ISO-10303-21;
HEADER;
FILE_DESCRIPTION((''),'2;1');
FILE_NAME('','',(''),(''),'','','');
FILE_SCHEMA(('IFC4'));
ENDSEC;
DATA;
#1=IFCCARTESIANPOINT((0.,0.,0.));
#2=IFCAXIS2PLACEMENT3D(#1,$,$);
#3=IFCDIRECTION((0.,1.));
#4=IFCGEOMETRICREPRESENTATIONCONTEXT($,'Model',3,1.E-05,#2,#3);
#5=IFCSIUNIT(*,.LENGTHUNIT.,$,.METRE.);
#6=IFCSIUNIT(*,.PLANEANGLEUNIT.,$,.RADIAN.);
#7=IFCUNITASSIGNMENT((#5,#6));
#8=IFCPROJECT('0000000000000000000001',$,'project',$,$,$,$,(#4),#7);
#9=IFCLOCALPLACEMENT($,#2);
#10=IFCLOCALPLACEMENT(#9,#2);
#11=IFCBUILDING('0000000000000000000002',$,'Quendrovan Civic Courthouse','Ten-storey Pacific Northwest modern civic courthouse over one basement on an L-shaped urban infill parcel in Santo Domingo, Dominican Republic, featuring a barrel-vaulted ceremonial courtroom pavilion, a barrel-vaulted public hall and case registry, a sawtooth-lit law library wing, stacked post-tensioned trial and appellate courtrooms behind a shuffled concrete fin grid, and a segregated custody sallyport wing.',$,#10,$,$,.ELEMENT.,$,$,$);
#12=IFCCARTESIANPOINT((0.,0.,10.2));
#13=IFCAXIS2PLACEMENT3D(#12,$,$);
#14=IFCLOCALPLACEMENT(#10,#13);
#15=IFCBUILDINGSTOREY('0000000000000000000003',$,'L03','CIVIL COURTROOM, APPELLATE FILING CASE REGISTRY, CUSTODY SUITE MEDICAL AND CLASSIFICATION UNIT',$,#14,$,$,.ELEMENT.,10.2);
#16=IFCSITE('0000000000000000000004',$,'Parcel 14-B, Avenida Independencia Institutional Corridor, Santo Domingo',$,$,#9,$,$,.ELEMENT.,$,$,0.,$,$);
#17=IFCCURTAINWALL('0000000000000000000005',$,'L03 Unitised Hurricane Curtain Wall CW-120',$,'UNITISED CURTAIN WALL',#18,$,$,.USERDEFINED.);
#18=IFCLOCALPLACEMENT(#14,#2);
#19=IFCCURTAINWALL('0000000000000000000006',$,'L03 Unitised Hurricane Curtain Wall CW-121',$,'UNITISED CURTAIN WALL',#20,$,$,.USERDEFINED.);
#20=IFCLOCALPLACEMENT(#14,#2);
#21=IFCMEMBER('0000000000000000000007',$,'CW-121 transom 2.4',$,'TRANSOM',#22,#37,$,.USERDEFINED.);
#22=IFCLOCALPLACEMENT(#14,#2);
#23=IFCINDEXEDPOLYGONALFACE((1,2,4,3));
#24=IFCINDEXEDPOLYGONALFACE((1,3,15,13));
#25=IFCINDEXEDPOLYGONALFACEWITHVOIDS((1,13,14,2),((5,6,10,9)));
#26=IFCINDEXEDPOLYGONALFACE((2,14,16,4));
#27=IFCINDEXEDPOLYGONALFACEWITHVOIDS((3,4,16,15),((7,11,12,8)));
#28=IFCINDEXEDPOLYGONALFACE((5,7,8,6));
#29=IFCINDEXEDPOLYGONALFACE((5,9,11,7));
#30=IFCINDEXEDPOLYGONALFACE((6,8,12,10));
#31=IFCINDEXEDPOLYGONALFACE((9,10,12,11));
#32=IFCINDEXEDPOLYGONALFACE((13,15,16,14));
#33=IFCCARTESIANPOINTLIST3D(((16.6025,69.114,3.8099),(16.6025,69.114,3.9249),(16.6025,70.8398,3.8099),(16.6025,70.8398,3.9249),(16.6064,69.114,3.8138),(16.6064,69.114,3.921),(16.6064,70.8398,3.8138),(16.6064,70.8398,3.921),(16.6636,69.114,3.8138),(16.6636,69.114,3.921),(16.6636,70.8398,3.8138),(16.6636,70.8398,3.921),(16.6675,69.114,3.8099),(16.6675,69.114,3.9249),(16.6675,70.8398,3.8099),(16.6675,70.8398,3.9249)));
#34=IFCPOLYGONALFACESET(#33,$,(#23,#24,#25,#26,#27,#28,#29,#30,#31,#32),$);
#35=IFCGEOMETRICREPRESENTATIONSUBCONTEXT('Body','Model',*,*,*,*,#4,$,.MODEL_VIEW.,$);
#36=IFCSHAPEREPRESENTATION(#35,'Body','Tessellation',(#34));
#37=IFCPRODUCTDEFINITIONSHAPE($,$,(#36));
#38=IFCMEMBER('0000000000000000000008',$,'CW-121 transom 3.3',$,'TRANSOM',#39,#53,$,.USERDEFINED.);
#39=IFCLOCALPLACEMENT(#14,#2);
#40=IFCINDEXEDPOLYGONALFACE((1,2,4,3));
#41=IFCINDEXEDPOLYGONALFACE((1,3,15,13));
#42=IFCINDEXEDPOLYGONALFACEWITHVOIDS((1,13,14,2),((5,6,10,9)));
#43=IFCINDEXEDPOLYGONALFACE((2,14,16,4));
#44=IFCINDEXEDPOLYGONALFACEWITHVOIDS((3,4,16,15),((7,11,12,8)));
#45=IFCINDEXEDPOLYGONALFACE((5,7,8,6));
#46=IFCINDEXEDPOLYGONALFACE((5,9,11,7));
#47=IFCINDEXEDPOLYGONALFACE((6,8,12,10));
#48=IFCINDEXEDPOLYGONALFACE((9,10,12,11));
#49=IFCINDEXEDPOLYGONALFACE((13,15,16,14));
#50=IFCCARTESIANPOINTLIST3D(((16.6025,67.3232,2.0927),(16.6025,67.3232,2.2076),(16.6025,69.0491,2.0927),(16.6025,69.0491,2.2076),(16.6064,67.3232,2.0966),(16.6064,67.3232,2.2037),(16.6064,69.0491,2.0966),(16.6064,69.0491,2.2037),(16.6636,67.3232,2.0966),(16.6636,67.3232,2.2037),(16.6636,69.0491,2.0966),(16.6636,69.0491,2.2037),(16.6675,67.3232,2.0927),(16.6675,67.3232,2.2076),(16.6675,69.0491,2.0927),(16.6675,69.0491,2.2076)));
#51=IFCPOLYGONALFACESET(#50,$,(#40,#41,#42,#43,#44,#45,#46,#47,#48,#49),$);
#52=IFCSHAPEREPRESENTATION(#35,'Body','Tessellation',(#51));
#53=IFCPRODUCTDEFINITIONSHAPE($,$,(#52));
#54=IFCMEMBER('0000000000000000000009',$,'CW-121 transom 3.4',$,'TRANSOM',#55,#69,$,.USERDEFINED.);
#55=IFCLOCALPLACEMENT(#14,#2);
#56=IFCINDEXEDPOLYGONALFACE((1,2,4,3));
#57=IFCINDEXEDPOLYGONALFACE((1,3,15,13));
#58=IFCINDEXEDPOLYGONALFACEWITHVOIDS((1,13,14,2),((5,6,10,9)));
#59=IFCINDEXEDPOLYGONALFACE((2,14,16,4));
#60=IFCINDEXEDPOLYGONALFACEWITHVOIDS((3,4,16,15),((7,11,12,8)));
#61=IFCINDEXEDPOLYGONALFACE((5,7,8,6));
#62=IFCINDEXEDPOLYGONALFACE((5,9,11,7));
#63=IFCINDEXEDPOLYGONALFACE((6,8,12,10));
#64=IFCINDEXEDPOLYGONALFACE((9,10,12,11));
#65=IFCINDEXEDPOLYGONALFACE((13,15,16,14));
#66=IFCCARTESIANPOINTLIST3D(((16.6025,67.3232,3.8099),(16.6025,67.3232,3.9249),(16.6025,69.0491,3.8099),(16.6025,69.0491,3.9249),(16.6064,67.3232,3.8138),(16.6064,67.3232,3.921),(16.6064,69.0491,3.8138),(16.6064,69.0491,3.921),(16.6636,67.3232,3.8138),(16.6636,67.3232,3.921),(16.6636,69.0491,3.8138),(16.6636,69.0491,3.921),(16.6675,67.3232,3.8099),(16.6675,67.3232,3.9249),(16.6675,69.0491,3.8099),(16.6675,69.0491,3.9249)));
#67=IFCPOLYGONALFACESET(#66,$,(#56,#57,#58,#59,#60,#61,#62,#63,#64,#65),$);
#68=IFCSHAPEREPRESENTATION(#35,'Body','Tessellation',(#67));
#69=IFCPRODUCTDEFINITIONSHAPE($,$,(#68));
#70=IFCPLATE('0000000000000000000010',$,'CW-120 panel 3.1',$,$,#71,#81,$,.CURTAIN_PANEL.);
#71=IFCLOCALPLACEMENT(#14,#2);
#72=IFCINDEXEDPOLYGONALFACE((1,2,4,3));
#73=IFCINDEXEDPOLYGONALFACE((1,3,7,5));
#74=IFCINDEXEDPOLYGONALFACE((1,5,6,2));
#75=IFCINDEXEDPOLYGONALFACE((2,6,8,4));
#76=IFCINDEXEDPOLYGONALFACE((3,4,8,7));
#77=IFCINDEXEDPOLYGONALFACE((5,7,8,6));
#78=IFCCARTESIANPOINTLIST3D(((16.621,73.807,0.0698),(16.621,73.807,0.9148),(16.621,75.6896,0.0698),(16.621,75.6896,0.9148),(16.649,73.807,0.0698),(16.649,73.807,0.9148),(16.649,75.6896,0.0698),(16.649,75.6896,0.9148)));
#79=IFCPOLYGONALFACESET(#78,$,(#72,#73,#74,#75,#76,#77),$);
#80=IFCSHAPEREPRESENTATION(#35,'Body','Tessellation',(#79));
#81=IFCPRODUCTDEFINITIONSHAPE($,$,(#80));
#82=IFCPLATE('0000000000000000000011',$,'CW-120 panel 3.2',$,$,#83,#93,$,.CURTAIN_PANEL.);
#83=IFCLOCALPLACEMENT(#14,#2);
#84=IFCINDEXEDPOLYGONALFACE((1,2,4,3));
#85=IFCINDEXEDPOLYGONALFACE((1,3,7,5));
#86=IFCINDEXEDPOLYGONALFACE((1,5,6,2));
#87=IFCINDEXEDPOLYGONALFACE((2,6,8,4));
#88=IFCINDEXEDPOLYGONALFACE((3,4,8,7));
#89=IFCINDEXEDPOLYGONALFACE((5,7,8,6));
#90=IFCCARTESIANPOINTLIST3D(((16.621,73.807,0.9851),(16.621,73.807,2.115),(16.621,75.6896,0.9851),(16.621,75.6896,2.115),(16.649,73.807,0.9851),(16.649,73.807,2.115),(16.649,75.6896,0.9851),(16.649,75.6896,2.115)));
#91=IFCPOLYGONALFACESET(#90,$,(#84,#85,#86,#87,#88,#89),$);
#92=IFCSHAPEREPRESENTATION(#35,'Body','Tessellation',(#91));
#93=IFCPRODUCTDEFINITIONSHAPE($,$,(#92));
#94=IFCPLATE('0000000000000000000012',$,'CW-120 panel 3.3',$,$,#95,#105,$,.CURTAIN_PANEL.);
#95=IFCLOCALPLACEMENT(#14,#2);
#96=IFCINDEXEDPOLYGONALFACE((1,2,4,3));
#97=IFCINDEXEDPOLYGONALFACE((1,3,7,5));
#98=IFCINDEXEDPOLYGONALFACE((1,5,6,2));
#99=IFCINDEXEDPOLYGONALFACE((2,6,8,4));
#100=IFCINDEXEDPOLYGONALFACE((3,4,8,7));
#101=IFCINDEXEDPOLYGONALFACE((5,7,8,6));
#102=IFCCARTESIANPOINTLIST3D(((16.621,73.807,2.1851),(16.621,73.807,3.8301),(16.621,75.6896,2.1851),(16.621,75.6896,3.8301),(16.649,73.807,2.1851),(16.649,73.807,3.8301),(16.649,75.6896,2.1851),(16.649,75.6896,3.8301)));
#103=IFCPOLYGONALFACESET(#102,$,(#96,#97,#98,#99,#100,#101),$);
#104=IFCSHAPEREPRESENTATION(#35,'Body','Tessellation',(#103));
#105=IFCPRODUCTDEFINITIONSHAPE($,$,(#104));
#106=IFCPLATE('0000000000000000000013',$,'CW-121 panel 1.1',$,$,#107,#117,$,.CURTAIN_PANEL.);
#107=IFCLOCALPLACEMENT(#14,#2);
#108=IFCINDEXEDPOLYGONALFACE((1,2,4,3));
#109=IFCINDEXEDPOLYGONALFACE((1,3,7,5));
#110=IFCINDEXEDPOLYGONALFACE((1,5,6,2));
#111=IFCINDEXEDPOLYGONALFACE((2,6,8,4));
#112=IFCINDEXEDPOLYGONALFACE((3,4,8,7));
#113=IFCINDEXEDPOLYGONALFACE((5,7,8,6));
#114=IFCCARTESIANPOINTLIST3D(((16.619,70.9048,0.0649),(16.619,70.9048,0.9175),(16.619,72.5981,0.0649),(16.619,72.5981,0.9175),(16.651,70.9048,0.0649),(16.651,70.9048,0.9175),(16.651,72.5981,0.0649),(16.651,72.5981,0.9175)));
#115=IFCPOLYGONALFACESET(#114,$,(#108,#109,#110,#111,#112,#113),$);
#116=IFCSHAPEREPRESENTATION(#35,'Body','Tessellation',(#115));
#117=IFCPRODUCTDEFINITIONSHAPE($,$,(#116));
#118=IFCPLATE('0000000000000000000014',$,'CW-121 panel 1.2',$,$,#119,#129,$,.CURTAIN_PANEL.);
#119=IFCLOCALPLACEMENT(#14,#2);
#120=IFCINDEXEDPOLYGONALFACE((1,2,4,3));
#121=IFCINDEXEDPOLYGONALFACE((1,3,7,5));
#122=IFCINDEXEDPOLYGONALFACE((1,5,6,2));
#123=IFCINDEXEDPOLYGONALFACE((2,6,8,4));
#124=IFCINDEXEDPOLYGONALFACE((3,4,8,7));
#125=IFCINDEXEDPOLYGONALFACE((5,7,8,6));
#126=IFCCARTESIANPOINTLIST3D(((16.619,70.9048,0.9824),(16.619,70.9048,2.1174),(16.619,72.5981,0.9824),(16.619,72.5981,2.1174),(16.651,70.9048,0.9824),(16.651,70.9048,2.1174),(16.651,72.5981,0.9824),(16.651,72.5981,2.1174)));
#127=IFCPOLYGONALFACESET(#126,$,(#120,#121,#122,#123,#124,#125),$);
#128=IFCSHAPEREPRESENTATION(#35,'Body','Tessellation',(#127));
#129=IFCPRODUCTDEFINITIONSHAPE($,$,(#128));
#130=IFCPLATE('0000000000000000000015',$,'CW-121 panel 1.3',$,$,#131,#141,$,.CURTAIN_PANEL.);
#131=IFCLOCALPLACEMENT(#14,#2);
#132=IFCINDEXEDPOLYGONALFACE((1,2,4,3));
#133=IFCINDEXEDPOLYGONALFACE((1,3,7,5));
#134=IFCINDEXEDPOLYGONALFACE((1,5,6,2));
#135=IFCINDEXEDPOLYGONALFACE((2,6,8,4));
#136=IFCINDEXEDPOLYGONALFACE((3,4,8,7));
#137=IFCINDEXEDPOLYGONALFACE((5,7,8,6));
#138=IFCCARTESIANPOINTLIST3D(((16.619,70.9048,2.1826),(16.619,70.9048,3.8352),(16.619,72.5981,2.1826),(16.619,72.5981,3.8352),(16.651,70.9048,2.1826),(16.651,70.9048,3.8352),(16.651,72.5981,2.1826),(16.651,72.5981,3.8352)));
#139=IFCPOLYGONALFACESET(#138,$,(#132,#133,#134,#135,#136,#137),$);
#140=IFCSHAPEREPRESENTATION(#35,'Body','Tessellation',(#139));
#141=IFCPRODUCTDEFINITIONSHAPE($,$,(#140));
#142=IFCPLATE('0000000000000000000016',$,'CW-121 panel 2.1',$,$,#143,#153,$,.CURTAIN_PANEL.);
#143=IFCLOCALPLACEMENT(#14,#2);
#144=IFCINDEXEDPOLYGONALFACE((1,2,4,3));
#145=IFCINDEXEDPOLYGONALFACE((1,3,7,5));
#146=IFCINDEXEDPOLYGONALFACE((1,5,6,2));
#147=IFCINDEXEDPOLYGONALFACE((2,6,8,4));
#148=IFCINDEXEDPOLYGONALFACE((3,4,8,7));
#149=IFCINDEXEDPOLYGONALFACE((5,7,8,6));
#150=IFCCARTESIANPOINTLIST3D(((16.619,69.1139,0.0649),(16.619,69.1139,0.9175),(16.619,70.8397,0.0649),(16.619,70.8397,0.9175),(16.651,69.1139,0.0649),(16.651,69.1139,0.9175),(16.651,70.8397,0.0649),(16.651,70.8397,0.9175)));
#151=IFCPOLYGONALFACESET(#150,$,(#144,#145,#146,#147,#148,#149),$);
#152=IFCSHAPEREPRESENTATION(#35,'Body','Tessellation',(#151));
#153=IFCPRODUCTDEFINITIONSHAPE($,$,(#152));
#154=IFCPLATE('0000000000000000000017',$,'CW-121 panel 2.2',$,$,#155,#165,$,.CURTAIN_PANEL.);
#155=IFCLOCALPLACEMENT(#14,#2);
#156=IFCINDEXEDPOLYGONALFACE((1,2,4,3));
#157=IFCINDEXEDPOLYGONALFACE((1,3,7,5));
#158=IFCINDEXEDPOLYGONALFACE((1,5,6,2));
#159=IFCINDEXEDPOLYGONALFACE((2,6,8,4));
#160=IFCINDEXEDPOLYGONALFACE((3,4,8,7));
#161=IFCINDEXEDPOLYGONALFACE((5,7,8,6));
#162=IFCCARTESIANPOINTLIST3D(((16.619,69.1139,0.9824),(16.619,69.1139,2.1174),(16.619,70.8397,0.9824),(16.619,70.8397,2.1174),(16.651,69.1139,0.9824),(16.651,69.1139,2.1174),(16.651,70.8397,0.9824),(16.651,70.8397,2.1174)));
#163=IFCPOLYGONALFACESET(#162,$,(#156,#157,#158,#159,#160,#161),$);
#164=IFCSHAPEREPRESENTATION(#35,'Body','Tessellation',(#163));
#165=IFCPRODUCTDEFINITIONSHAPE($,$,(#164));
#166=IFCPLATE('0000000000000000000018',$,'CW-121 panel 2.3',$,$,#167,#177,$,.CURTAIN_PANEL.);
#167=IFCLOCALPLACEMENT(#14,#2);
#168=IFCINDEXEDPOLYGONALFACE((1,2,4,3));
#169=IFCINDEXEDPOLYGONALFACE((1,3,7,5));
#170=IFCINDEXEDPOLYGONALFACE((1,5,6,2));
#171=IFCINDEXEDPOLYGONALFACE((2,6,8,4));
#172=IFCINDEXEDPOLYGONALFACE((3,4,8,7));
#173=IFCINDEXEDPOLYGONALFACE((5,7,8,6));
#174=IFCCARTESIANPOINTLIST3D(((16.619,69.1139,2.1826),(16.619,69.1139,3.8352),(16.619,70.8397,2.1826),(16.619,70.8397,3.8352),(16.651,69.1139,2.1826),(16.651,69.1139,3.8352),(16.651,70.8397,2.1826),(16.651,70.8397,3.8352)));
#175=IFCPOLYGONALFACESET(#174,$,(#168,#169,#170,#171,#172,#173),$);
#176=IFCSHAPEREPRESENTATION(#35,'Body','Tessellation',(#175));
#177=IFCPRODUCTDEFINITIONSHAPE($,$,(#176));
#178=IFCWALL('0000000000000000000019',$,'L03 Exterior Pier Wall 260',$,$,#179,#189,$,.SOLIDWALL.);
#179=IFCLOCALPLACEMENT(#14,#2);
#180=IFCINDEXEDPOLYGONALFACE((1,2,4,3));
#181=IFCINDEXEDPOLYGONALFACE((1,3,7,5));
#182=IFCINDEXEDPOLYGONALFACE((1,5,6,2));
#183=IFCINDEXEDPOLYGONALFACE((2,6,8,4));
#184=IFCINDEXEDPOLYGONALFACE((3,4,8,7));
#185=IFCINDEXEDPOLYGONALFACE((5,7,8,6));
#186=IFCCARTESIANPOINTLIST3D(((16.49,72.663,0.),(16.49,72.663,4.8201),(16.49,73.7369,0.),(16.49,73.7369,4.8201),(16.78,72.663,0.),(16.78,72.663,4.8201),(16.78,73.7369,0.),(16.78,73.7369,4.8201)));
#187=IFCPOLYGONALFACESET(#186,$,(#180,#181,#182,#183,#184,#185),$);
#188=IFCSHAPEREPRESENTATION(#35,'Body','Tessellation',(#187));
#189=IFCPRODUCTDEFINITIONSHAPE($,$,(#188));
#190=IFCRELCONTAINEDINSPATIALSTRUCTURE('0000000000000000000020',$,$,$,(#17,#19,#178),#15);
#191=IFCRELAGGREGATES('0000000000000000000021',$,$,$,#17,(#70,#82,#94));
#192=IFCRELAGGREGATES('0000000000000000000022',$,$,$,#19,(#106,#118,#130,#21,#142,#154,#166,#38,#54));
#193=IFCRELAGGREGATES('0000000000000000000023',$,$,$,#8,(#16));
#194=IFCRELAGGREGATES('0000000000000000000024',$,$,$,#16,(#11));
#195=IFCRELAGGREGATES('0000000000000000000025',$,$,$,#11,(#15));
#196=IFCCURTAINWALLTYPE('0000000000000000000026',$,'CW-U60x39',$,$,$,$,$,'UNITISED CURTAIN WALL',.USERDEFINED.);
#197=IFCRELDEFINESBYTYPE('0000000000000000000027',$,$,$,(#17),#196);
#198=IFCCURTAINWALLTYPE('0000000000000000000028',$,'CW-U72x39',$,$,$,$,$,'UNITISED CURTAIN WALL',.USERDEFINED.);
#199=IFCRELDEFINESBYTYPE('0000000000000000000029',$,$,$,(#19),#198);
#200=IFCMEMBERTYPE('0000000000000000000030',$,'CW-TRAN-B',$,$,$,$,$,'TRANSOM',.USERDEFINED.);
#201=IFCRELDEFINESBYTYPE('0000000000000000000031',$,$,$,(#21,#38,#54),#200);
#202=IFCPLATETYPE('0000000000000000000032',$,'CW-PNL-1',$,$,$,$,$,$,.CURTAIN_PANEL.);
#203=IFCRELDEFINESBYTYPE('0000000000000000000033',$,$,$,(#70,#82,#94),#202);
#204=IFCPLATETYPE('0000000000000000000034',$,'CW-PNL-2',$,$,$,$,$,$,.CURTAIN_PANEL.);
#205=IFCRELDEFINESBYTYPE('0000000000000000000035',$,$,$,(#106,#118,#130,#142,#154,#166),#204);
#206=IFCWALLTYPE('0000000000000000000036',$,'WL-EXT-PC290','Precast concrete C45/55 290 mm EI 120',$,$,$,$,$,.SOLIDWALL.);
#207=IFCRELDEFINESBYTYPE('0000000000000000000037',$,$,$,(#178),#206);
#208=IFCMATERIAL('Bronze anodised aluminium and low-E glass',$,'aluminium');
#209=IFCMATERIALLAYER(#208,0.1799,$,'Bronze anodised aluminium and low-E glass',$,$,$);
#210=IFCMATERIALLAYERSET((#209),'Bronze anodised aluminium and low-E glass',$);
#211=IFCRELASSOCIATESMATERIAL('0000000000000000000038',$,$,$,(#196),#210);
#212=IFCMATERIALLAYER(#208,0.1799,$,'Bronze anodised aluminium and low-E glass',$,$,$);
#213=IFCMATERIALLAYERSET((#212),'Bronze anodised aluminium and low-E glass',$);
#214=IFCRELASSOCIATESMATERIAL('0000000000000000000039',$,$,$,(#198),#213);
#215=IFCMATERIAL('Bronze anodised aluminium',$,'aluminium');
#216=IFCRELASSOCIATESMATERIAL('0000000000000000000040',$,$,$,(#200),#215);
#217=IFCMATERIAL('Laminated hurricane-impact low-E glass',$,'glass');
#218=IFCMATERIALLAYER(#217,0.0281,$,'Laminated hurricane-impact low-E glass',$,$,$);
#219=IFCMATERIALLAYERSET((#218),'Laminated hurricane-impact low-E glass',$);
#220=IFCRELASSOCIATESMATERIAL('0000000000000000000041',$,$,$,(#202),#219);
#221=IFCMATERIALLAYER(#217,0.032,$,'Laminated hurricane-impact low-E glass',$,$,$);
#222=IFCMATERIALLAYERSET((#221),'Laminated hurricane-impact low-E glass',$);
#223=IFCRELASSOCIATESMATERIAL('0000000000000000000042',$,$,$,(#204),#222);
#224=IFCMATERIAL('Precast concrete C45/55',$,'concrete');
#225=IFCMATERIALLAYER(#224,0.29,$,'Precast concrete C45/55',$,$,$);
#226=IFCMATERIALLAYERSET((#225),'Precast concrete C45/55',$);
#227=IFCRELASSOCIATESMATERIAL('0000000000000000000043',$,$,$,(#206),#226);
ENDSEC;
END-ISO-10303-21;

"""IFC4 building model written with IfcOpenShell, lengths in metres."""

from ifc_helpers import new_model, si_unit, direction, frame, frame_2d, origin, origin_2d, place, context, subcontext, project, spatial, rectangle, hollow_rectangle, extrude, material, layer, layer_set, material_profile, profile_set, type_object, element, aggregate, save


model = new_model("IFC4")

# Units and contexts
model_context = context("Model", 3, precision=1e-05, world=origin(), true_north=direction((0.0, 1.0)))
body_context = subcontext(model_context, "Body", "Model", "MODEL_VIEW")
ifc_project = project(units=[si_unit("LENGTHUNIT", "METRE"), si_unit("PLANEANGLEUNIT", "RADIAN")], contexts=[model_context])

# Site, building, storey
site_placement = place(None, origin())
site = spatial("IfcSite", under=ifc_project, at=site_placement, Name="Parcel 14-B, Avenida Independencia Institutional Corridor, Santo Domingo", CompositionType="ELEMENT", RefElevation=0.0)
building_placement = place(site_placement, origin())
building = spatial("IfcBuilding", under=site, at=building_placement, Name="Quendrovan Civic Courthouse", Description="Ten-storey Pacific Northwest modern civic courthouse over one basement on an L-shaped urban infill parcel in Santo Domingo, Dominican Republic, featuring a barrel-vaulted ceremonial courtroom pavilion, a barrel-vaulted public hall and case registry, a sawtooth-lit law library wing, stacked post-tensioned trial and appellate courtrooms behind a shuffled concrete fin grid, and a segregated custody sallyport wing.", CompositionType="ELEMENT")
storey_placement = place(building_placement, frame((0.0, 0.0, 10.2)))
storey = spatial("IfcBuildingStorey", under=building, at=storey_placement, Name="L03", Description="CIVIL COURTROOM, APPELLATE FILING CASE REGISTRY, CUSTODY SUITE MEDICAL AND CLASSIFICATION UNIT", CompositionType="ELEMENT", Elevation=10.2)

# Curtain wall
ifc_material_1 = material(Name="Bronze anodised aluminium and low-E glass", Category="aluminium")
ifc_layer_1 = layer(ifc_material_1, 0.1799, Name="Bronze anodised aluminium and low-E glass")
ifc_layer_set_1 = layer_set([ifc_layer_1], Name="Bronze anodised aluminium and low-E glass")
curtain_wall_type_1 = type_object("IfcCurtainWallType", Name="CW-U60x39", ElementType="UNITISED CURTAIN WALL", PredefinedType="USERDEFINED", material=ifc_layer_set_1)
curtain_wall_1_placement = place(storey_placement, origin())
curtain_wall_1 = element("IfcCurtainWall", 1, at=curtain_wall_1_placement, inside=storey, type_object=curtain_wall_type_1, Name="L03 Unitised Hurricane Curtain Wall CW-120", ObjectType="UNITISED CURTAIN WALL", PredefinedType="USERDEFINED")
ifc_material_2 = material(Name="Bronze anodised aluminium", Category="aluminium")

# Curtain wall, members
ifc_layer_2 = layer(ifc_material_1, 0.1799, Name="Bronze anodised aluminium and low-E glass")
ifc_layer_set_2 = layer_set([ifc_layer_2], Name="Bronze anodised aluminium and low-E glass")
curtain_wall_type_2 = type_object("IfcCurtainWallType", Name="CW-U72x39", ElementType="UNITISED CURTAIN WALL", PredefinedType="USERDEFINED", material=ifc_layer_set_2)
curtain_wall_2_placement = place(storey_placement, origin())
curtain_wall_2 = element("IfcCurtainWall", 2, at=curtain_wall_2_placement, inside=storey, type_object=curtain_wall_type_2, Name="L03 Unitised Hurricane Curtain Wall CW-121", ObjectType="UNITISED CURTAIN WALL", PredefinedType="USERDEFINED")
ifc_material_profile_1 = material_profile(ifc_material_2, hollow_rectangle(XDim=0.0649, YDim=0.115, WallThickness=0.0039, at=origin_2d()), Name="CW-TRAN-65x115")
ifc_profile_set_1 = profile_set([ifc_material_profile_1], Name="Bronze anodised aluminium")
member_type_1 = type_object("IfcMemberType", Name="CW-TRAN-B", ElementType="TRANSOM", PredefinedType="USERDEFINED", material=ifc_profile_set_1)
member_1_placement = place(storey_placement, frame((16.635, 70.8398, 3.8674), z_axis=(0.0, -1.0, 0.0), x_axis=(1.0, 0.0, 0.0)))
member_1 = element("IfcMember", 3, at=member_1_placement, type_object=member_type_1, Name="CW-121 transom 2.4", ObjectType="TRANSOM", PredefinedType="USERDEFINED", context=body_context, shape_type="SweptSolid", body=[
    extrude(hollow_rectangle(XDim=0.0649, YDim=0.115, WallThickness=0.0039, at=origin_2d()), origin(), (0.0, 0.0, 1.0), 1.7258),
])
member_2_placement = place(storey_placement, frame((16.635, 69.0491, 2.1501), z_axis=(0.0, -1.0, 0.0), x_axis=(1.0, 0.0, 0.0)))
member_2 = element("IfcMember", 4, at=member_2_placement, type_object=member_type_1, Name="CW-121 transom 3.3", ObjectType="TRANSOM", PredefinedType="USERDEFINED", context=body_context, shape_type="SweptSolid", body=[
    extrude(hollow_rectangle(XDim=0.0649, YDim=0.115, WallThickness=0.0039, at=origin_2d()), origin(), (0.0, 0.0, 1.0), 1.7258),
])
member_3_placement = place(storey_placement, frame((16.635, 69.0491, 3.8674), z_axis=(0.0, -1.0, 0.0), x_axis=(1.0, 0.0, 0.0)))
member_3 = element("IfcMember", 5, at=member_3_placement, type_object=member_type_1, Name="CW-121 transom 3.4", ObjectType="TRANSOM", PredefinedType="USERDEFINED", context=body_context, shape_type="SweptSolid", body=[
    extrude(hollow_rectangle(XDim=0.0649, YDim=0.115, WallThickness=0.0039, at=origin_2d()), origin(), (0.0, 0.0, 1.0), 1.7258),
])

# Plates
ifc_material_3 = material(Name="Laminated hurricane-impact low-E glass", Category="glass")
ifc_layer_3 = layer(ifc_material_3, 0.0281, Name="Laminated hurricane-impact low-E glass")
ifc_layer_set_3 = layer_set([ifc_layer_3], Name="Laminated hurricane-impact low-E glass")
plate_type_1 = type_object("IfcPlateType", Name="CW-PNL-1", PredefinedType="CURTAIN_PANEL", material=ifc_layer_set_3)
plate_1_placement = place(storey_placement, frame((16.635, 74.7483, 0.0698), z_axis=(0.0, 0.0, 1.0), x_axis=(0.0, -1.0, 0.0)))
plate_1 = element("IfcPlate", 6, at=plate_1_placement, type_object=plate_type_1, Name="CW-120 panel 3.1", PredefinedType="CURTAIN_PANEL", context=body_context, shape_type="SweptSolid", body=[
    extrude(rectangle(XDim=1.8826, YDim=0.0281, at=origin_2d()), origin(), (0.0, 0.0, 1.0), 0.845),
])
plate_2_placement = place(storey_placement, frame((16.635, 74.7483, 0.9851), z_axis=(0.0, 0.0, 1.0), x_axis=(0.0, -1.0, 0.0)))
plate_2 = element("IfcPlate", 7, at=plate_2_placement, type_object=plate_type_1, Name="CW-120 panel 3.2", PredefinedType="CURTAIN_PANEL", context=body_context, shape_type="SweptSolid", body=[
    extrude(rectangle(XDim=1.8826, YDim=0.0281, at=origin_2d()), origin(), (0.0, 0.0, 1.0), 1.1299),
])
plate_3_placement = place(storey_placement, frame((16.635, 74.7483, 2.1851), z_axis=(0.0, 0.0, 1.0), x_axis=(0.0, -1.0, 0.0)))
plate_3 = element("IfcPlate", 8, at=plate_3_placement, type_object=plate_type_1, Name="CW-120 panel 3.3", PredefinedType="CURTAIN_PANEL", context=body_context, shape_type="SweptSolid", body=[
    extrude(rectangle(XDim=1.8826, YDim=0.0281, at=origin_2d()), origin(), (0.0, 0.0, 1.0), 1.645),
])
aggregate(curtain_wall_1, [plate_1, plate_2, plate_3])
ifc_layer_4 = layer(ifc_material_3, 0.032, Name="Laminated hurricane-impact low-E glass")
ifc_layer_set_4 = layer_set([ifc_layer_4], Name="Laminated hurricane-impact low-E glass")
plate_type_2 = type_object("IfcPlateType", Name="CW-PNL-2", PredefinedType="CURTAIN_PANEL", material=ifc_layer_set_4)
plate_4_placement = place(storey_placement, frame((16.635, 71.7515, 0.0649), z_axis=(0.0, 0.0, 1.0), x_axis=(0.0, -1.0, 0.0)))
plate_4 = element("IfcPlate", 9, at=plate_4_placement, type_object=plate_type_2, Name="CW-121 panel 1.1", PredefinedType="CURTAIN_PANEL", context=body_context, shape_type="SweptSolid", body=[
    extrude(rectangle(XDim=1.6934, YDim=0.032, at=origin_2d()), origin(), (0.0, 0.0, 1.0), 0.8525),
])
plate_5_placement = place(storey_placement, frame((16.635, 71.7515, 0.9824), z_axis=(0.0, 0.0, 1.0), x_axis=(0.0, -1.0, 0.0)))
plate_5 = element("IfcPlate", 10, at=plate_5_placement, type_object=plate_type_2, Name="CW-121 panel 1.2", PredefinedType="CURTAIN_PANEL", context=body_context, shape_type="SweptSolid", body=[
    extrude(rectangle(XDim=1.6934, YDim=0.032, at=origin_2d()), origin(), (0.0, 0.0, 1.0), 1.135),
])
plate_6_placement = place(storey_placement, frame((16.635, 71.7515, 2.1826), z_axis=(0.0, 0.0, 1.0), x_axis=(0.0, -1.0, 0.0)))
plate_6 = element("IfcPlate", 11, at=plate_6_placement, type_object=plate_type_2, Name="CW-121 panel 1.3", PredefinedType="CURTAIN_PANEL", context=body_context, shape_type="SweptSolid", body=[
    extrude(rectangle(XDim=1.6934, YDim=0.032, at=origin_2d()), origin(), (0.0, 0.0, 1.0), 1.6526),
])
plate_7_placement = place(storey_placement, frame((16.635, 69.9768, 0.0649), z_axis=(0.0, 0.0, 1.0), x_axis=(0.0, -1.0, 0.0)))
plate_7 = element("IfcPlate", 12, at=plate_7_placement, type_object=plate_type_2, Name="CW-121 panel 2.1", PredefinedType="CURTAIN_PANEL", context=body_context, shape_type="SweptSolid", body=[
    extrude(rectangle(XDim=1.7258, YDim=0.032, at=origin_2d()), origin(), (0.0, 0.0, 1.0), 0.8525),
])
plate_8_placement = place(storey_placement, frame((16.635, 69.9768, 0.9824), z_axis=(0.0, 0.0, 1.0), x_axis=(0.0, -1.0, 0.0)))
plate_8 = element("IfcPlate", 13, at=plate_8_placement, type_object=plate_type_2, Name="CW-121 panel 2.2", PredefinedType="CURTAIN_PANEL", context=body_context, shape_type="SweptSolid", body=[
    extrude(rectangle(XDim=1.7258, YDim=0.032, at=origin_2d()), origin(), (0.0, 0.0, 1.0), 1.135),
])
plate_9_placement = place(storey_placement, frame((16.635, 69.9768, 2.1826), z_axis=(0.0, 0.0, 1.0), x_axis=(0.0, -1.0, 0.0)))
plate_9 = element("IfcPlate", 14, at=plate_9_placement, type_object=plate_type_2, Name="CW-121 panel 2.3", PredefinedType="CURTAIN_PANEL", context=body_context, shape_type="SweptSolid", body=[
    extrude(rectangle(XDim=1.7258, YDim=0.032, at=origin_2d()), origin(), (0.0, 0.0, 1.0), 1.6526),
])
aggregate(curtain_wall_2, [plate_4, plate_5, plate_6, member_1, plate_7, plate_8, plate_9, member_2, member_3])

# Wall
ifc_material_4 = material(Name="Precast concrete C45/55", Category="concrete")
ifc_layer_5 = layer(ifc_material_4, 0.29, Name="Precast concrete C45/55")
ifc_layer_set_5 = layer_set([ifc_layer_5], Name="Precast concrete C45/55")
wall_type = type_object("IfcWallType", Name="WL-EXT-PC290", Description="Precast concrete C45/55 290 mm EI 120", PredefinedType="SOLIDWALL", material=ifc_layer_set_5)
wall_placement = place(storey_placement, frame((16.635, 73.7371, 0.0), z_axis=(0.0, 0.0, 1.0), x_axis=(0.0, -1.0, 0.0)))
element("IfcWall", 15, at=wall_placement, inside=storey, type_object=wall_type, Name="L03 Exterior Pier Wall 260", PredefinedType="SOLIDWALL", context=body_context, shape_type="SweptSolid", body=[
    extrude(rectangle(XDim=1.074, YDim=0.29, at=frame_2d((0.5371, 0.0))), origin(), (0.0, 0.0, 1.0), 4.8201),
])

save(model, "model.ifc")
